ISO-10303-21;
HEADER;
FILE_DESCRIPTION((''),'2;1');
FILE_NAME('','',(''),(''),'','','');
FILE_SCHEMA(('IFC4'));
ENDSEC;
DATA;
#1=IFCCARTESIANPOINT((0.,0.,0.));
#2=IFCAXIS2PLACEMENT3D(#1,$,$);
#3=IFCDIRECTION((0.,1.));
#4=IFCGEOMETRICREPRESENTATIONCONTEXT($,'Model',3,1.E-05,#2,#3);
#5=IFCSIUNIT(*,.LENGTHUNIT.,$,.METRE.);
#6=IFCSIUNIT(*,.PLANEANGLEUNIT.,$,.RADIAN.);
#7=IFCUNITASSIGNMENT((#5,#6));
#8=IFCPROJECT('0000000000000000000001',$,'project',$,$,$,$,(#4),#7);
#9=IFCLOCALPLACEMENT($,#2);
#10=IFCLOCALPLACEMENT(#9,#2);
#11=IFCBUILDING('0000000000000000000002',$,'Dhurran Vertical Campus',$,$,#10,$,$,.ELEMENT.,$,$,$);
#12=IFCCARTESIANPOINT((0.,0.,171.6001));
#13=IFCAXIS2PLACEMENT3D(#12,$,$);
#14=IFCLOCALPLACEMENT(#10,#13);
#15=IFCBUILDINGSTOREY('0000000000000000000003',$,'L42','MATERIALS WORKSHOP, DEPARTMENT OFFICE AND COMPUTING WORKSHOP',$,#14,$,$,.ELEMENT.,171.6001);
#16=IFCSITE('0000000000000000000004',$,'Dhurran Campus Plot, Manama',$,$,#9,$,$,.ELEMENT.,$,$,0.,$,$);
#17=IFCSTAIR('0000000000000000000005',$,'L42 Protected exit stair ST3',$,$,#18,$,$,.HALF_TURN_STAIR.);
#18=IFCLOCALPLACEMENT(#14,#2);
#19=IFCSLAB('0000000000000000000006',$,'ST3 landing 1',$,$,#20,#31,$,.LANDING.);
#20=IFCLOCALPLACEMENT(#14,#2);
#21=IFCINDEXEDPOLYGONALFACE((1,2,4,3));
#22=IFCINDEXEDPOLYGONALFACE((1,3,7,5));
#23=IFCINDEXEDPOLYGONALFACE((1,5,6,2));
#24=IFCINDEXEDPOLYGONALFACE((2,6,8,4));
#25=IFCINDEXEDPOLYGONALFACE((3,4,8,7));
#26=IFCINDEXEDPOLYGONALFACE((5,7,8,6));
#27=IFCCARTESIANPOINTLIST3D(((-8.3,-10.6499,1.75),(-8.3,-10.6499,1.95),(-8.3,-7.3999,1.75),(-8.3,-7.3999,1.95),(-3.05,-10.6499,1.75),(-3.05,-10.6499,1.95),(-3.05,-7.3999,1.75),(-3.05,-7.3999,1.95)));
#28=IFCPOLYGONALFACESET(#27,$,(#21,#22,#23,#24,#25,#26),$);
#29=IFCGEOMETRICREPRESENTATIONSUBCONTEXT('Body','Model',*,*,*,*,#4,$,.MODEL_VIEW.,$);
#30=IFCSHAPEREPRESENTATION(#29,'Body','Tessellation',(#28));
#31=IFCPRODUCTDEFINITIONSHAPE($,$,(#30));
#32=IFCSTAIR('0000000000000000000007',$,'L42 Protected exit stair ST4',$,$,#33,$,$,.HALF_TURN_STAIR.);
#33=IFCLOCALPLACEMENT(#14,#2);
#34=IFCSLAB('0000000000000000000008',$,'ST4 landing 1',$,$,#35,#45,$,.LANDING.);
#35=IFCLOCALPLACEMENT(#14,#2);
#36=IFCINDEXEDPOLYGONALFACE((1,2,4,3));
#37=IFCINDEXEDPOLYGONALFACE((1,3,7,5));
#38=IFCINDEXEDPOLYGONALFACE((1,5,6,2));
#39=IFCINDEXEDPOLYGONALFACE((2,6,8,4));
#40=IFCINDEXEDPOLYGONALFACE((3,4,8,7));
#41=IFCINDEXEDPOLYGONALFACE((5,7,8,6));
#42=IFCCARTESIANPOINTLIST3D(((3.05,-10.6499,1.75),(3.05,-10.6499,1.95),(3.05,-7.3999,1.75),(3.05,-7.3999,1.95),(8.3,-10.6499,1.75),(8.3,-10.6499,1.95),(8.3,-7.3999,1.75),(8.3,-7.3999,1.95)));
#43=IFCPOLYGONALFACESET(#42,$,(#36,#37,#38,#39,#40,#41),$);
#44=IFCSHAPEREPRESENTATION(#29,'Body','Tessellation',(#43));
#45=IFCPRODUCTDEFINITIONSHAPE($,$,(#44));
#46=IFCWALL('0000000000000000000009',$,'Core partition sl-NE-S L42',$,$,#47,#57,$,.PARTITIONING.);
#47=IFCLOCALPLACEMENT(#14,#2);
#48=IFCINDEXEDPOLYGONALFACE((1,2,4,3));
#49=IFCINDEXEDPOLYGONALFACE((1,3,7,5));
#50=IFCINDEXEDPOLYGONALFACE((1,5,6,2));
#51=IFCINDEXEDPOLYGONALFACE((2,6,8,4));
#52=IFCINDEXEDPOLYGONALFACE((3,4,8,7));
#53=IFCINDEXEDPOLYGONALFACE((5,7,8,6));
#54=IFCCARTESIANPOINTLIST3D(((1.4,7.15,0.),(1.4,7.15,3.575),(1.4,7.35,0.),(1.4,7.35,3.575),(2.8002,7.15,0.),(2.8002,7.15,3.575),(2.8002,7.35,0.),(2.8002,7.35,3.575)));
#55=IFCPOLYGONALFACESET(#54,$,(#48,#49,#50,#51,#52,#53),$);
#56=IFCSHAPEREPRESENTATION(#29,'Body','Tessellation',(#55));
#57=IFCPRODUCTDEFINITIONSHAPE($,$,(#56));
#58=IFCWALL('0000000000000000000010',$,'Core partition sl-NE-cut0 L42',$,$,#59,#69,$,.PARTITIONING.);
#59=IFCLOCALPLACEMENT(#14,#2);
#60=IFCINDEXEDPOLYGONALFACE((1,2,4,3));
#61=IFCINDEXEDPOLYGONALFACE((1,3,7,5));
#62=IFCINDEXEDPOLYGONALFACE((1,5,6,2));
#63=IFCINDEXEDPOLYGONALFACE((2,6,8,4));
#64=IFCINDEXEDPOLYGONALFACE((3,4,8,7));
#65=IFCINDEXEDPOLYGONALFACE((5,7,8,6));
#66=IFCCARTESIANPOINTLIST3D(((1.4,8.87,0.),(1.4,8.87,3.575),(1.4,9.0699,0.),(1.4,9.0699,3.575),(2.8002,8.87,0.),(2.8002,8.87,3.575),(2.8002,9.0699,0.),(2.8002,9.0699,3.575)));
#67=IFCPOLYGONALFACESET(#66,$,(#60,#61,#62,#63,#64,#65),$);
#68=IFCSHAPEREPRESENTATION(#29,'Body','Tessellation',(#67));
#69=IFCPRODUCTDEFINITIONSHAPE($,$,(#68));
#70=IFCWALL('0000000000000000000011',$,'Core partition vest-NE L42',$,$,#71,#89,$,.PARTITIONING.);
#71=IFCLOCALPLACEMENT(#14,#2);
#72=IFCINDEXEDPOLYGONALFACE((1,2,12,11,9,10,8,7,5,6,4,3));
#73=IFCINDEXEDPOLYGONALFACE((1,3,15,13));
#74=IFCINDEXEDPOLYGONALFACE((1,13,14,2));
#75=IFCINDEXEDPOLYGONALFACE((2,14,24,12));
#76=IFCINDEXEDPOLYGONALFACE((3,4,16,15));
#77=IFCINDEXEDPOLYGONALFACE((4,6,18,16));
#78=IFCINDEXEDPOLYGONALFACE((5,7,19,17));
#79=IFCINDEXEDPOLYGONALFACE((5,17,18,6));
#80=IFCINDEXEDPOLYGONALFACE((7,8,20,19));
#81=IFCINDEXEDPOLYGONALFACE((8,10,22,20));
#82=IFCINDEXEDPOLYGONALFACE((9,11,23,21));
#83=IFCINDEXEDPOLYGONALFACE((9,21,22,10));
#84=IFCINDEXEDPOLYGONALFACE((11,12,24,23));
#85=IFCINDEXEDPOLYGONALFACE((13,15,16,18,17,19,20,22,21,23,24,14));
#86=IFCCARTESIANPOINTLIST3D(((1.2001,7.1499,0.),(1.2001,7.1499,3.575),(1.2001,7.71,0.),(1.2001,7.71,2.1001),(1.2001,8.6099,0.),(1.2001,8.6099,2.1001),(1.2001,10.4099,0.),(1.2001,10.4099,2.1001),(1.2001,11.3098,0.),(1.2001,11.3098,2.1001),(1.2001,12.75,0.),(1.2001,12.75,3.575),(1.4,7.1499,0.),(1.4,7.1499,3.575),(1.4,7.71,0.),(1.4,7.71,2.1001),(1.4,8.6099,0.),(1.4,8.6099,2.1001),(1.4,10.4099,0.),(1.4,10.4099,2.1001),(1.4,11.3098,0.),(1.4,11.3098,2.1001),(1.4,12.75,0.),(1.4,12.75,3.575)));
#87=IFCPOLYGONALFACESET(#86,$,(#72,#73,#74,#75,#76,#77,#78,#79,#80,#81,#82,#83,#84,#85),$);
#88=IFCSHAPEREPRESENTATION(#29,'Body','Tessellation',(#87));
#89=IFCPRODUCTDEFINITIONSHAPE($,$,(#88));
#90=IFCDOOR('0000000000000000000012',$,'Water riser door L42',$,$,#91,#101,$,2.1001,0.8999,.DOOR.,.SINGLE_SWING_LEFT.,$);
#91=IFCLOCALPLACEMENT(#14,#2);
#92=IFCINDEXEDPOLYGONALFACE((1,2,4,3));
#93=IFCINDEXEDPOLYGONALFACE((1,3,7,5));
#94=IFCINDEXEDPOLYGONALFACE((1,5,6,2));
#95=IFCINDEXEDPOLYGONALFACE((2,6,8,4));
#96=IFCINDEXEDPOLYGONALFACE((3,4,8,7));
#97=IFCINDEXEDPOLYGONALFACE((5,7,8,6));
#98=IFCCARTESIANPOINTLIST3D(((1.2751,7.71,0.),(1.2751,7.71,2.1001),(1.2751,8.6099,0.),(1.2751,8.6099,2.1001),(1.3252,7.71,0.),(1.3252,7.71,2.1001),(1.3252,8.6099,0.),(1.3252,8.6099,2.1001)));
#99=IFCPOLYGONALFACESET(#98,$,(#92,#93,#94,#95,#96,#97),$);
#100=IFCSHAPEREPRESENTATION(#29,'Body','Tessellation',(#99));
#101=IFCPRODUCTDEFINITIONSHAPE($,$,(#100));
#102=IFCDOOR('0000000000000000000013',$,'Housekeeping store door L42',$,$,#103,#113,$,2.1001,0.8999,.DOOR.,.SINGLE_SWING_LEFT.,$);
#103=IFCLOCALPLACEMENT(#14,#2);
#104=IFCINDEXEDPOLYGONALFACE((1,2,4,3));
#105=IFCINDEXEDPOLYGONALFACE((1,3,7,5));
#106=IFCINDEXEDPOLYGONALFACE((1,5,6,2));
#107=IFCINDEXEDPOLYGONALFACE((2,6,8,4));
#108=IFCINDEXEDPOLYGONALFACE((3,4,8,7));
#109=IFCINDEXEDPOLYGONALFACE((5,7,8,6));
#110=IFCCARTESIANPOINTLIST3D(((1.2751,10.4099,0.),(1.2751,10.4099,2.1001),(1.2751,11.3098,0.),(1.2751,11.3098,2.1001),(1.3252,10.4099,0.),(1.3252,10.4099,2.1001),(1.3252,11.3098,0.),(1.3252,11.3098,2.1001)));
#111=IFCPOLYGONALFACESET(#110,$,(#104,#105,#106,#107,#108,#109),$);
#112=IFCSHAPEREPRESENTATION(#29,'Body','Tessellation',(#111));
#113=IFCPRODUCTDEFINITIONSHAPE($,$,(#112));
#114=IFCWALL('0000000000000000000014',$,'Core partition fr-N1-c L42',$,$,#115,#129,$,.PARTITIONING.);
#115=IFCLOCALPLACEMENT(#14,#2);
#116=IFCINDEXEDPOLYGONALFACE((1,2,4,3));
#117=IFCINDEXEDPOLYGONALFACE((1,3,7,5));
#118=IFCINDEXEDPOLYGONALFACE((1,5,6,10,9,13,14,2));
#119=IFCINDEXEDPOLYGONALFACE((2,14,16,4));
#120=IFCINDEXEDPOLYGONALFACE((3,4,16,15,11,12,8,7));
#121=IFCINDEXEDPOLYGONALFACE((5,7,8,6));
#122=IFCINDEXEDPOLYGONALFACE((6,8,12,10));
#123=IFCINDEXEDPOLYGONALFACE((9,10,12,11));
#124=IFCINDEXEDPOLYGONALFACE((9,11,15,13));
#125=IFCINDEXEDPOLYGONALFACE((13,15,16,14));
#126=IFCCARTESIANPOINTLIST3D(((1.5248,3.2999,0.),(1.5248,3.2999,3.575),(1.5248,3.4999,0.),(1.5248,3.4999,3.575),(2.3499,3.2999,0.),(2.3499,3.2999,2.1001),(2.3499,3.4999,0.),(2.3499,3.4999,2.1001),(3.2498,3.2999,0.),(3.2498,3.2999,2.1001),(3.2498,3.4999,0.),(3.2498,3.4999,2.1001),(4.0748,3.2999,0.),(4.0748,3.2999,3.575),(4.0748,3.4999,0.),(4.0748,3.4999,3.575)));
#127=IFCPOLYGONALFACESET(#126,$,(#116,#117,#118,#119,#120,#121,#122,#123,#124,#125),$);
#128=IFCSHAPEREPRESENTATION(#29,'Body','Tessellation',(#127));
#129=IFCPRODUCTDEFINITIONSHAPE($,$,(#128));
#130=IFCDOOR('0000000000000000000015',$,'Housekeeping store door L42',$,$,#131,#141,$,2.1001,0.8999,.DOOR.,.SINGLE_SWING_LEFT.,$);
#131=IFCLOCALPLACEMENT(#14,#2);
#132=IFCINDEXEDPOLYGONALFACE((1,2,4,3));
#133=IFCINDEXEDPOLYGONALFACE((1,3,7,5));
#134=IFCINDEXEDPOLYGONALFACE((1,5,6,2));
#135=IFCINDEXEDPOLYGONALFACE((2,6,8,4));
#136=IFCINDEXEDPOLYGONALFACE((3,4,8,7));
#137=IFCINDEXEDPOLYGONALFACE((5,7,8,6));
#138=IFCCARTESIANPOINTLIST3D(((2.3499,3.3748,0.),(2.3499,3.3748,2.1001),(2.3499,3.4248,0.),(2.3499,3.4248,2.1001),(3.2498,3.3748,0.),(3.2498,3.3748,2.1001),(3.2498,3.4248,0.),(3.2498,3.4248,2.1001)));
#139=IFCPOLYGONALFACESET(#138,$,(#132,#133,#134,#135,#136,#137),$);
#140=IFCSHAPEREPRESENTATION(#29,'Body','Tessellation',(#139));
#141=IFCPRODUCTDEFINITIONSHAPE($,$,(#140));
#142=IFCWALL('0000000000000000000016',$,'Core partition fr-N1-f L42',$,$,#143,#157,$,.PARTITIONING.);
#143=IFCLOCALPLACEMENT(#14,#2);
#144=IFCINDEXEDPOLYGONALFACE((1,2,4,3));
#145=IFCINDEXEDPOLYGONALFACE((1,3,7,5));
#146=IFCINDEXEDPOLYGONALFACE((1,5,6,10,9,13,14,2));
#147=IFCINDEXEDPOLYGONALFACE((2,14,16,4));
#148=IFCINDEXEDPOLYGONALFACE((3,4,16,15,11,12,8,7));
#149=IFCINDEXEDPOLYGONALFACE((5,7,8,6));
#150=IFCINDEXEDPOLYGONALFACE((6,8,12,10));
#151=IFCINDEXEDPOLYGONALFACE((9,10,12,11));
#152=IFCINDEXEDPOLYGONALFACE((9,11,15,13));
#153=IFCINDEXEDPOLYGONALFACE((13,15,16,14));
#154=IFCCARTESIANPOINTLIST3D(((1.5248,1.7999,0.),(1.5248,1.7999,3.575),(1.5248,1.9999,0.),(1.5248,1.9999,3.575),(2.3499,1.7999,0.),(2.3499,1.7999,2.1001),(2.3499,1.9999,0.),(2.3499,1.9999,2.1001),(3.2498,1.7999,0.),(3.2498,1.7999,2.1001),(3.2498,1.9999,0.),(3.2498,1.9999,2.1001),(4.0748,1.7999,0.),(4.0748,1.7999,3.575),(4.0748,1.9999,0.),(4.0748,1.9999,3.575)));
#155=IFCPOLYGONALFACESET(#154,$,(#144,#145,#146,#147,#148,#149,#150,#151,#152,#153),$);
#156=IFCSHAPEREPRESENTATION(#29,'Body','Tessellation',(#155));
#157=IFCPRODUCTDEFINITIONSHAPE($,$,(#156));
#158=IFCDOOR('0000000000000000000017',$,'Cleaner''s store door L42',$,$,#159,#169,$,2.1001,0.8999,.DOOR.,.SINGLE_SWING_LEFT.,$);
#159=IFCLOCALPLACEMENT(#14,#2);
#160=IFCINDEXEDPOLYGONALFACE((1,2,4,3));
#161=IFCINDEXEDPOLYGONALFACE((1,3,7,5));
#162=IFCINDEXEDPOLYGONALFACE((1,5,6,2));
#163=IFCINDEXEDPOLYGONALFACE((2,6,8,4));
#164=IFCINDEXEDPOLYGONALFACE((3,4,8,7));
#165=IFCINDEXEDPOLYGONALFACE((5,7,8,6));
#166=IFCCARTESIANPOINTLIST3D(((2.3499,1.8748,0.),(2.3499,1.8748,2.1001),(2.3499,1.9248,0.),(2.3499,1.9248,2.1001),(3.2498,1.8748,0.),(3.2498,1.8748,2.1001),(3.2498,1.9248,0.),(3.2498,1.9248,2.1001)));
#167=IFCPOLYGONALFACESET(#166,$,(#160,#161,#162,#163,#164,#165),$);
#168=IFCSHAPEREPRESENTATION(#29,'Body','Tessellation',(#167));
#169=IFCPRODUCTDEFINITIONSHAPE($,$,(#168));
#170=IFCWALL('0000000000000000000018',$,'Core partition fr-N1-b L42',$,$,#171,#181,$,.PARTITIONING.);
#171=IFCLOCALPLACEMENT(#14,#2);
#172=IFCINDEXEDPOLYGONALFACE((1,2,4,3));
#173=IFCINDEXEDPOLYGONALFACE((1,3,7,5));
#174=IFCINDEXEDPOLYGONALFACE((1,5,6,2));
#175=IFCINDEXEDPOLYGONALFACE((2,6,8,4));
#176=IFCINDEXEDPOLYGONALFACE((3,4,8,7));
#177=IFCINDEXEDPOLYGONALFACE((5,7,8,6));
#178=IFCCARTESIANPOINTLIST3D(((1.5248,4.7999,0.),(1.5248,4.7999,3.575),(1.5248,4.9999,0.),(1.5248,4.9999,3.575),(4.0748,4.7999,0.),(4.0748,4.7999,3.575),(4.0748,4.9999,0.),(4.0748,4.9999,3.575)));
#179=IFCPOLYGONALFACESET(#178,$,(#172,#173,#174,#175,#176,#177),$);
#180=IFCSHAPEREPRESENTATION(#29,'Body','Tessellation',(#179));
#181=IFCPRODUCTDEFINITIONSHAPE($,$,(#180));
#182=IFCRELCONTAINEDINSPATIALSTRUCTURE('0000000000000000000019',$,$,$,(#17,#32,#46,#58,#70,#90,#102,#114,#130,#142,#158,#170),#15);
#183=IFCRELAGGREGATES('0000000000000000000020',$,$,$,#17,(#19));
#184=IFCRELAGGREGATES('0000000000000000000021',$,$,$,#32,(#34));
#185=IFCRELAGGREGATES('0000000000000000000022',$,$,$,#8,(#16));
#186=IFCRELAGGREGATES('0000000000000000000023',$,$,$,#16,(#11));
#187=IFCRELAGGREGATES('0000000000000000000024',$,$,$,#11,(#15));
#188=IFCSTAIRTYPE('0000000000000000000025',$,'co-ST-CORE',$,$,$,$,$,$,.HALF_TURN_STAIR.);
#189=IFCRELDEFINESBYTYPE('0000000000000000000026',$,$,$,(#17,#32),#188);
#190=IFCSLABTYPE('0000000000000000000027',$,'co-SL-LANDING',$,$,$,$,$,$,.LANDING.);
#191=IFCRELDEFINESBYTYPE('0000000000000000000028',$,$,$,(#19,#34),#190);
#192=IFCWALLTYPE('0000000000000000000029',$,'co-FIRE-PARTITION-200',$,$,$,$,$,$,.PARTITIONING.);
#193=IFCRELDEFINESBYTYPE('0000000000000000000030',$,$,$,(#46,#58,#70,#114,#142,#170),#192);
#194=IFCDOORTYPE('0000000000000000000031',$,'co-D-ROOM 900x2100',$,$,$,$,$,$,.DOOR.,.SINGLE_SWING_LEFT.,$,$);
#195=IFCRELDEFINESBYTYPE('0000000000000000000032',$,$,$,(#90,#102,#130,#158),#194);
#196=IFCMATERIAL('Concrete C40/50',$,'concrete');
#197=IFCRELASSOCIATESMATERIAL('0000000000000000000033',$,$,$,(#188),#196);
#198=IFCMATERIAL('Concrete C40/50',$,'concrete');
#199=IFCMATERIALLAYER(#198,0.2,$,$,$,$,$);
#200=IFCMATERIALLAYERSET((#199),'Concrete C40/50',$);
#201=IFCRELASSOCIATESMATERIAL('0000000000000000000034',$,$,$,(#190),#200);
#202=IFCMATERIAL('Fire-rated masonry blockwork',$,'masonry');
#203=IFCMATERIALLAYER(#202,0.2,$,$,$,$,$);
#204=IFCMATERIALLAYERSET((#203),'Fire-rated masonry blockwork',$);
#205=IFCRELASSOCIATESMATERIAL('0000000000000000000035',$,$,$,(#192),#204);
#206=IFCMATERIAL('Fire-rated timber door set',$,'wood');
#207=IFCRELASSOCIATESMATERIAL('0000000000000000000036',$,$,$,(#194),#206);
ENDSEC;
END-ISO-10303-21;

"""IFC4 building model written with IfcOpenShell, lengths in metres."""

from ifc_helpers import new_model, si_unit, direction, frame, frame_2d, origin, place, context, subcontext, project, spatial, polyline, rectangle, outline, extrude, material, layer, layer_set, type_object, element, fill, aggregate, save


model = new_model("IFC4")

# Units and contexts
model_context = context("Model", 3, precision=1e-05, world=origin(), true_north=direction((0.0, 1.0)))
body_context = subcontext(model_context, "Body", "Model", "MODEL_VIEW")
ifc_project = project(units=[si_unit("LENGTHUNIT", "METRE"), si_unit("PLANEANGLEUNIT", "RADIAN")], contexts=[model_context])

# Site, building, storey
site_placement = place(None, origin())
site = spatial("IfcSite", under=ifc_project, at=site_placement, Name="Dhurran Campus Plot, Manama", CompositionType="ELEMENT", RefElevation=0.0)
building_placement = place(site_placement, origin())
building = spatial("IfcBuilding", under=site, at=building_placement, Name="Dhurran Vertical Campus", CompositionType="ELEMENT")
storey_placement = place(building_placement, frame((0.0, 0.0, 171.6001)))
storey = spatial("IfcBuildingStorey", under=building, at=storey_placement, Name="L42", Description="MATERIALS WORKSHOP, DEPARTMENT OFFICE AND COMPUTING WORKSHOP", CompositionType="ELEMENT", Elevation=171.6001)

# Stairs, slabs
ifc_material_1 = material(Name="Concrete C40/50", Category="concrete")
stair_type = type_object("IfcStairType", Name="co-ST-CORE", PredefinedType="HALF_TURN_STAIR", material=ifc_material_1)
stair_1_placement = place(storey_placement, origin())
stair_1 = element("IfcStair", 1, at=stair_1_placement, inside=storey, type_object=stair_type, Name="L42 Protected exit stair ST3", PredefinedType="HALF_TURN_STAIR")
ifc_material_2 = material(Name="Concrete C40/50", Category="concrete")
ifc_layer_1 = layer(ifc_material_2, 0.2)
ifc_layer_set_1 = layer_set([ifc_layer_1], Name="Concrete C40/50")
slab_type = type_object("IfcSlabType", Name="co-SL-LANDING", PredefinedType="LANDING", material=ifc_layer_set_1)
slab_1_placement = place(storey_placement, frame((0.0, 0.0, 1.75)))
slab_1 = element("IfcSlab", 2, at=slab_1_placement, type_object=slab_type, Name="ST3 landing 1", PredefinedType="LANDING", context=body_context, shape_type="SweptSolid", body=[
    extrude(outline(polyline([(-8.3, -10.6499), (-3.05, -10.6499), (-3.05, -7.3999), (-8.3, -7.3999), (-8.3, -10.6499)])), origin(), (0.0, 0.0, 1.0), 0.2),
])
aggregate(stair_1, [slab_1])
stair_2_placement = place(storey_placement, origin())
stair_2 = element("IfcStair", 3, at=stair_2_placement, inside=storey, type_object=stair_type, Name="L42 Protected exit stair ST4", PredefinedType="HALF_TURN_STAIR")
slab_2_placement = place(storey_placement, frame((0.0, 0.0, 1.75)))
slab_2 = element("IfcSlab", 4, at=slab_2_placement, type_object=slab_type, Name="ST4 landing 1", PredefinedType="LANDING", context=body_context, shape_type="SweptSolid", body=[
    extrude(outline(polyline([(8.3, -7.3999), (3.05, -7.3999), (3.05, -10.6499), (8.3, -10.6499), (8.3, -7.3999)])), origin(), (0.0, 0.0, 1.0), 0.2),
])
aggregate(stair_2, [slab_2])

# Walls
ifc_material_3 = material(Name="Fire-rated masonry blockwork", Category="masonry")
ifc_layer_2 = layer(ifc_material_3, 0.2)
ifc_layer_set_2 = layer_set([ifc_layer_2], Name="Fire-rated masonry blockwork")
wall_type_1 = type_object("IfcWallType", Name="co-FIRE-PARTITION-200", PredefinedType="PARTITIONING", material=ifc_layer_set_2)
for number, where, z_axis, x_axis, name in (
    (5, (1.3999, 7.25, 0.0), (0.0, 0.0, 1.0), (1.0, 0.0, 0.0), "Core partition sl-NE-S L42"),
    (6, (1.3999, 8.97, 0.0), (0.0, 0.0, 1.0), (1.0, 0.0, 0.0), "Core partition sl-NE-cut0 L42"),
):
    element("IfcWall", number, at=place(storey_placement, frame(where, z_axis=z_axis, x_axis=x_axis)), inside=storey, type_object=wall_type_1, Name=name, PredefinedType="PARTITIONING", context=body_context, shape_type="SweptSolid", body=[
        extrude(rectangle(XDim=1.4001, YDim=0.2, at=frame_2d((0.7002, 0.0))), origin(), (0.0, 0.0, 1.0), 3.575),
    ])

# Wall, openings, doors
wall_1_placement = place(storey_placement, frame((1.3, 7.1499, 0.0), z_axis=(0.0, 0.0, 1.0), x_axis=(0.0, 1.0, 0.0)))
wall_1 = element("IfcWall", 7, at=wall_1_placement, inside=storey, type_object=wall_type_1, Name="Core partition vest-NE L42", PredefinedType="PARTITIONING", context=body_context, shape_type="SweptSolid", body=[
    extrude(rectangle(XDim=5.6001, YDim=0.2, at=frame_2d((2.8, 0.0))), origin(), (0.0, 0.0, 1.0), 3.575),
])
opening_1_placement = place(wall_1_placement, frame((0.5601, 0.0, 0.0)))
opening_1 = element("IfcOpeningElement", 8, at=opening_1_placement, cuts=wall_1, PredefinedType="OPENING", context=body_context, shape_type="SweptSolid", body=[
    extrude(rectangle(XDim=0.8999, YDim=2.1001, at=frame_2d((0.45, 1.05))), frame((0.0, 0.1099, 0.0), z_axis=(0.0, -1.0, 0.0), x_axis=(1.0, 0.0, 0.0)), (0.0, 0.0, 1.0), 0.22),
])
opening_2_placement = place(wall_1_placement, frame((3.26, 0.0, 0.0)))
opening_2 = element("IfcOpeningElement", 9, at=opening_2_placement, cuts=wall_1, PredefinedType="OPENING", context=body_context, shape_type="SweptSolid", body=[
    extrude(rectangle(XDim=0.8999, YDim=2.1001, at=frame_2d((0.45, 1.05))), frame((0.0, 0.1099, 0.0), z_axis=(0.0, -1.0, 0.0), x_axis=(1.0, 0.0, 0.0)), (0.0, 0.0, 1.0), 0.22),
])
ifc_material_4 = material(Name="Fire-rated timber door set", Category="wood")
door_type_1 = type_object("IfcDoorType", Name="co-D-ROOM 900x2100", OperationType="SINGLE_SWING_LEFT", PredefinedType="DOOR", material=ifc_material_4)
door_1_placement = place(opening_1_placement, origin())
door_1 = element("IfcDoor", 10, at=door_1_placement, inside=storey, type_object=door_type_1, Name="Water riser door L42", OperationType="SINGLE_SWING_LEFT", OverallHeight=2.1001, OverallWidth=0.8999, PredefinedType="DOOR", context=body_context, shape_type="SweptSolid", body=[
    extrude(rectangle(XDim=0.8999, YDim=2.1001, at=frame_2d((0.45, 1.05))), frame((0.0, 0.0249, 0.0), z_axis=(0.0, -1.0, 0.0), x_axis=(1.0, 0.0, 0.0)), (0.0, 0.0, 1.0), 0.05),
])
fill(opening_1, door_1)
door_2_placement = place(opening_2_placement, origin())
door_2 = element("IfcDoor", 11, at=door_2_placement, inside=storey, type_object=door_type_1, Name="Housekeeping store door L42", OperationType="SINGLE_SWING_LEFT", OverallHeight=2.1001, OverallWidth=0.8999, PredefinedType="DOOR", context=body_context, shape_type="SweptSolid", body=[
    extrude(rectangle(XDim=0.8999, YDim=2.1001, at=frame_2d((0.45, 1.05))), frame((0.0, 0.0249, 0.0), z_axis=(0.0, -1.0, 0.0), x_axis=(1.0, 0.0, 0.0)), (0.0, 0.0, 1.0), 0.05),
])
fill(opening_2, door_2)

# Walls, openings, doors
wall_2_placement = place(storey_placement, frame((1.5249, 3.3999, 0.0), z_axis=(0.0, 0.0, 1.0), x_axis=(1.0, 0.0, 0.0)))
wall_2 = element("IfcWall", 12, at=wall_2_placement, inside=storey, type_object=wall_type_1, Name="Core partition fr-N1-c L42", PredefinedType="PARTITIONING", context=body_context, shape_type="SweptSolid", body=[
    extrude(rectangle(XDim=2.55, YDim=0.2, at=frame_2d((1.2749, 0.0))), origin(), (0.0, 0.0, 1.0), 3.575),
])
opening_3_placement = place(wall_2_placement, frame((0.825, 0.0, 0.0)))
opening_3 = element("IfcOpeningElement", 13, at=opening_3_placement, cuts=wall_2, PredefinedType="OPENING", context=body_context, shape_type="SweptSolid", body=[
    extrude(rectangle(XDim=0.8999, YDim=2.1001, at=frame_2d((0.45, 1.05))), frame((0.0, 0.1099, 0.0), z_axis=(0.0, -1.0, 0.0), x_axis=(1.0, 0.0, 0.0)), (0.0, 0.0, 1.0), 0.22),
])
door_3_placement = place(opening_3_placement, origin())
door_3 = element("IfcDoor", 14, at=door_3_placement, inside=storey, type_object=door_type_1, Name="Housekeeping store door L42", OperationType="SINGLE_SWING_LEFT", OverallHeight=2.1001, OverallWidth=0.8999, PredefinedType="DOOR", context=body_context, shape_type="SweptSolid", body=[
    extrude(rectangle(XDim=0.8999, YDim=2.1001, at=frame_2d((0.45, 1.05))), frame((0.0, 0.0249, 0.0), z_axis=(0.0, -1.0, 0.0), x_axis=(1.0, 0.0, 0.0)), (0.0, 0.0, 1.0), 0.05),
])
fill(opening_3, door_3)
wall_3_placement = place(storey_placement, frame((1.5249, 1.8999, 0.0), z_axis=(0.0, 0.0, 1.0), x_axis=(1.0, 0.0, 0.0)))
wall_3 = element("IfcWall", 15, at=wall_3_placement, inside=storey, type_object=wall_type_1, Name="Core partition fr-N1-f L42", PredefinedType="PARTITIONING", context=body_context, shape_type="SweptSolid", body=[
    extrude(rectangle(XDim=2.55, YDim=0.2, at=frame_2d((1.2749, 0.0))), origin(), (0.0, 0.0, 1.0), 3.575),
])
opening_4_placement = place(wall_3_placement, frame((0.825, 0.0, 0.0)))
opening_4 = element("IfcOpeningElement", 16, at=opening_4_placement, cuts=wall_3, PredefinedType="OPENING", context=body_context, shape_type="SweptSolid", body=[
    extrude(rectangle(XDim=0.8999, YDim=2.1001, at=frame_2d((0.45, 1.05))), frame((0.0, 0.1099, 0.0), z_axis=(0.0, -1.0, 0.0), x_axis=(1.0, 0.0, 0.0)), (0.0, 0.0, 1.0), 0.22),
])
door_4_placement = place(opening_4_placement, origin())
door_4 = element("IfcDoor", 17, at=door_4_placement, inside=storey, type_object=door_type_1, Name="Cleaner's store door L42", OperationType="SINGLE_SWING_LEFT", OverallHeight=2.1001, OverallWidth=0.8999, PredefinedType="DOOR", context=body_context, shape_type="SweptSolid", body=[
    extrude(rectangle(XDim=0.8999, YDim=2.1001, at=frame_2d((0.45, 1.05))), frame((0.0, 0.0249, 0.0), z_axis=(0.0, -1.0, 0.0), x_axis=(1.0, 0.0, 0.0)), (0.0, 0.0, 1.0), 0.05),
])
fill(opening_4, door_4)

# Wall
wall_4_placement = place(storey_placement, frame((1.5249, 4.8999, 0.0), z_axis=(0.0, 0.0, 1.0), x_axis=(1.0, 0.0, 0.0)))
element("IfcWall", 18, at=wall_4_placement, inside=storey, type_object=wall_type_1, Name="Core partition fr-N1-b L42", PredefinedType="PARTITIONING", context=body_context, shape_type="SweptSolid", body=[
    extrude(rectangle(XDim=2.55, YDim=0.2, at=frame_2d((1.2749, 0.0))), origin(), (0.0, 0.0, 1.0), 3.575),
])

save(model, "model.ifc")
